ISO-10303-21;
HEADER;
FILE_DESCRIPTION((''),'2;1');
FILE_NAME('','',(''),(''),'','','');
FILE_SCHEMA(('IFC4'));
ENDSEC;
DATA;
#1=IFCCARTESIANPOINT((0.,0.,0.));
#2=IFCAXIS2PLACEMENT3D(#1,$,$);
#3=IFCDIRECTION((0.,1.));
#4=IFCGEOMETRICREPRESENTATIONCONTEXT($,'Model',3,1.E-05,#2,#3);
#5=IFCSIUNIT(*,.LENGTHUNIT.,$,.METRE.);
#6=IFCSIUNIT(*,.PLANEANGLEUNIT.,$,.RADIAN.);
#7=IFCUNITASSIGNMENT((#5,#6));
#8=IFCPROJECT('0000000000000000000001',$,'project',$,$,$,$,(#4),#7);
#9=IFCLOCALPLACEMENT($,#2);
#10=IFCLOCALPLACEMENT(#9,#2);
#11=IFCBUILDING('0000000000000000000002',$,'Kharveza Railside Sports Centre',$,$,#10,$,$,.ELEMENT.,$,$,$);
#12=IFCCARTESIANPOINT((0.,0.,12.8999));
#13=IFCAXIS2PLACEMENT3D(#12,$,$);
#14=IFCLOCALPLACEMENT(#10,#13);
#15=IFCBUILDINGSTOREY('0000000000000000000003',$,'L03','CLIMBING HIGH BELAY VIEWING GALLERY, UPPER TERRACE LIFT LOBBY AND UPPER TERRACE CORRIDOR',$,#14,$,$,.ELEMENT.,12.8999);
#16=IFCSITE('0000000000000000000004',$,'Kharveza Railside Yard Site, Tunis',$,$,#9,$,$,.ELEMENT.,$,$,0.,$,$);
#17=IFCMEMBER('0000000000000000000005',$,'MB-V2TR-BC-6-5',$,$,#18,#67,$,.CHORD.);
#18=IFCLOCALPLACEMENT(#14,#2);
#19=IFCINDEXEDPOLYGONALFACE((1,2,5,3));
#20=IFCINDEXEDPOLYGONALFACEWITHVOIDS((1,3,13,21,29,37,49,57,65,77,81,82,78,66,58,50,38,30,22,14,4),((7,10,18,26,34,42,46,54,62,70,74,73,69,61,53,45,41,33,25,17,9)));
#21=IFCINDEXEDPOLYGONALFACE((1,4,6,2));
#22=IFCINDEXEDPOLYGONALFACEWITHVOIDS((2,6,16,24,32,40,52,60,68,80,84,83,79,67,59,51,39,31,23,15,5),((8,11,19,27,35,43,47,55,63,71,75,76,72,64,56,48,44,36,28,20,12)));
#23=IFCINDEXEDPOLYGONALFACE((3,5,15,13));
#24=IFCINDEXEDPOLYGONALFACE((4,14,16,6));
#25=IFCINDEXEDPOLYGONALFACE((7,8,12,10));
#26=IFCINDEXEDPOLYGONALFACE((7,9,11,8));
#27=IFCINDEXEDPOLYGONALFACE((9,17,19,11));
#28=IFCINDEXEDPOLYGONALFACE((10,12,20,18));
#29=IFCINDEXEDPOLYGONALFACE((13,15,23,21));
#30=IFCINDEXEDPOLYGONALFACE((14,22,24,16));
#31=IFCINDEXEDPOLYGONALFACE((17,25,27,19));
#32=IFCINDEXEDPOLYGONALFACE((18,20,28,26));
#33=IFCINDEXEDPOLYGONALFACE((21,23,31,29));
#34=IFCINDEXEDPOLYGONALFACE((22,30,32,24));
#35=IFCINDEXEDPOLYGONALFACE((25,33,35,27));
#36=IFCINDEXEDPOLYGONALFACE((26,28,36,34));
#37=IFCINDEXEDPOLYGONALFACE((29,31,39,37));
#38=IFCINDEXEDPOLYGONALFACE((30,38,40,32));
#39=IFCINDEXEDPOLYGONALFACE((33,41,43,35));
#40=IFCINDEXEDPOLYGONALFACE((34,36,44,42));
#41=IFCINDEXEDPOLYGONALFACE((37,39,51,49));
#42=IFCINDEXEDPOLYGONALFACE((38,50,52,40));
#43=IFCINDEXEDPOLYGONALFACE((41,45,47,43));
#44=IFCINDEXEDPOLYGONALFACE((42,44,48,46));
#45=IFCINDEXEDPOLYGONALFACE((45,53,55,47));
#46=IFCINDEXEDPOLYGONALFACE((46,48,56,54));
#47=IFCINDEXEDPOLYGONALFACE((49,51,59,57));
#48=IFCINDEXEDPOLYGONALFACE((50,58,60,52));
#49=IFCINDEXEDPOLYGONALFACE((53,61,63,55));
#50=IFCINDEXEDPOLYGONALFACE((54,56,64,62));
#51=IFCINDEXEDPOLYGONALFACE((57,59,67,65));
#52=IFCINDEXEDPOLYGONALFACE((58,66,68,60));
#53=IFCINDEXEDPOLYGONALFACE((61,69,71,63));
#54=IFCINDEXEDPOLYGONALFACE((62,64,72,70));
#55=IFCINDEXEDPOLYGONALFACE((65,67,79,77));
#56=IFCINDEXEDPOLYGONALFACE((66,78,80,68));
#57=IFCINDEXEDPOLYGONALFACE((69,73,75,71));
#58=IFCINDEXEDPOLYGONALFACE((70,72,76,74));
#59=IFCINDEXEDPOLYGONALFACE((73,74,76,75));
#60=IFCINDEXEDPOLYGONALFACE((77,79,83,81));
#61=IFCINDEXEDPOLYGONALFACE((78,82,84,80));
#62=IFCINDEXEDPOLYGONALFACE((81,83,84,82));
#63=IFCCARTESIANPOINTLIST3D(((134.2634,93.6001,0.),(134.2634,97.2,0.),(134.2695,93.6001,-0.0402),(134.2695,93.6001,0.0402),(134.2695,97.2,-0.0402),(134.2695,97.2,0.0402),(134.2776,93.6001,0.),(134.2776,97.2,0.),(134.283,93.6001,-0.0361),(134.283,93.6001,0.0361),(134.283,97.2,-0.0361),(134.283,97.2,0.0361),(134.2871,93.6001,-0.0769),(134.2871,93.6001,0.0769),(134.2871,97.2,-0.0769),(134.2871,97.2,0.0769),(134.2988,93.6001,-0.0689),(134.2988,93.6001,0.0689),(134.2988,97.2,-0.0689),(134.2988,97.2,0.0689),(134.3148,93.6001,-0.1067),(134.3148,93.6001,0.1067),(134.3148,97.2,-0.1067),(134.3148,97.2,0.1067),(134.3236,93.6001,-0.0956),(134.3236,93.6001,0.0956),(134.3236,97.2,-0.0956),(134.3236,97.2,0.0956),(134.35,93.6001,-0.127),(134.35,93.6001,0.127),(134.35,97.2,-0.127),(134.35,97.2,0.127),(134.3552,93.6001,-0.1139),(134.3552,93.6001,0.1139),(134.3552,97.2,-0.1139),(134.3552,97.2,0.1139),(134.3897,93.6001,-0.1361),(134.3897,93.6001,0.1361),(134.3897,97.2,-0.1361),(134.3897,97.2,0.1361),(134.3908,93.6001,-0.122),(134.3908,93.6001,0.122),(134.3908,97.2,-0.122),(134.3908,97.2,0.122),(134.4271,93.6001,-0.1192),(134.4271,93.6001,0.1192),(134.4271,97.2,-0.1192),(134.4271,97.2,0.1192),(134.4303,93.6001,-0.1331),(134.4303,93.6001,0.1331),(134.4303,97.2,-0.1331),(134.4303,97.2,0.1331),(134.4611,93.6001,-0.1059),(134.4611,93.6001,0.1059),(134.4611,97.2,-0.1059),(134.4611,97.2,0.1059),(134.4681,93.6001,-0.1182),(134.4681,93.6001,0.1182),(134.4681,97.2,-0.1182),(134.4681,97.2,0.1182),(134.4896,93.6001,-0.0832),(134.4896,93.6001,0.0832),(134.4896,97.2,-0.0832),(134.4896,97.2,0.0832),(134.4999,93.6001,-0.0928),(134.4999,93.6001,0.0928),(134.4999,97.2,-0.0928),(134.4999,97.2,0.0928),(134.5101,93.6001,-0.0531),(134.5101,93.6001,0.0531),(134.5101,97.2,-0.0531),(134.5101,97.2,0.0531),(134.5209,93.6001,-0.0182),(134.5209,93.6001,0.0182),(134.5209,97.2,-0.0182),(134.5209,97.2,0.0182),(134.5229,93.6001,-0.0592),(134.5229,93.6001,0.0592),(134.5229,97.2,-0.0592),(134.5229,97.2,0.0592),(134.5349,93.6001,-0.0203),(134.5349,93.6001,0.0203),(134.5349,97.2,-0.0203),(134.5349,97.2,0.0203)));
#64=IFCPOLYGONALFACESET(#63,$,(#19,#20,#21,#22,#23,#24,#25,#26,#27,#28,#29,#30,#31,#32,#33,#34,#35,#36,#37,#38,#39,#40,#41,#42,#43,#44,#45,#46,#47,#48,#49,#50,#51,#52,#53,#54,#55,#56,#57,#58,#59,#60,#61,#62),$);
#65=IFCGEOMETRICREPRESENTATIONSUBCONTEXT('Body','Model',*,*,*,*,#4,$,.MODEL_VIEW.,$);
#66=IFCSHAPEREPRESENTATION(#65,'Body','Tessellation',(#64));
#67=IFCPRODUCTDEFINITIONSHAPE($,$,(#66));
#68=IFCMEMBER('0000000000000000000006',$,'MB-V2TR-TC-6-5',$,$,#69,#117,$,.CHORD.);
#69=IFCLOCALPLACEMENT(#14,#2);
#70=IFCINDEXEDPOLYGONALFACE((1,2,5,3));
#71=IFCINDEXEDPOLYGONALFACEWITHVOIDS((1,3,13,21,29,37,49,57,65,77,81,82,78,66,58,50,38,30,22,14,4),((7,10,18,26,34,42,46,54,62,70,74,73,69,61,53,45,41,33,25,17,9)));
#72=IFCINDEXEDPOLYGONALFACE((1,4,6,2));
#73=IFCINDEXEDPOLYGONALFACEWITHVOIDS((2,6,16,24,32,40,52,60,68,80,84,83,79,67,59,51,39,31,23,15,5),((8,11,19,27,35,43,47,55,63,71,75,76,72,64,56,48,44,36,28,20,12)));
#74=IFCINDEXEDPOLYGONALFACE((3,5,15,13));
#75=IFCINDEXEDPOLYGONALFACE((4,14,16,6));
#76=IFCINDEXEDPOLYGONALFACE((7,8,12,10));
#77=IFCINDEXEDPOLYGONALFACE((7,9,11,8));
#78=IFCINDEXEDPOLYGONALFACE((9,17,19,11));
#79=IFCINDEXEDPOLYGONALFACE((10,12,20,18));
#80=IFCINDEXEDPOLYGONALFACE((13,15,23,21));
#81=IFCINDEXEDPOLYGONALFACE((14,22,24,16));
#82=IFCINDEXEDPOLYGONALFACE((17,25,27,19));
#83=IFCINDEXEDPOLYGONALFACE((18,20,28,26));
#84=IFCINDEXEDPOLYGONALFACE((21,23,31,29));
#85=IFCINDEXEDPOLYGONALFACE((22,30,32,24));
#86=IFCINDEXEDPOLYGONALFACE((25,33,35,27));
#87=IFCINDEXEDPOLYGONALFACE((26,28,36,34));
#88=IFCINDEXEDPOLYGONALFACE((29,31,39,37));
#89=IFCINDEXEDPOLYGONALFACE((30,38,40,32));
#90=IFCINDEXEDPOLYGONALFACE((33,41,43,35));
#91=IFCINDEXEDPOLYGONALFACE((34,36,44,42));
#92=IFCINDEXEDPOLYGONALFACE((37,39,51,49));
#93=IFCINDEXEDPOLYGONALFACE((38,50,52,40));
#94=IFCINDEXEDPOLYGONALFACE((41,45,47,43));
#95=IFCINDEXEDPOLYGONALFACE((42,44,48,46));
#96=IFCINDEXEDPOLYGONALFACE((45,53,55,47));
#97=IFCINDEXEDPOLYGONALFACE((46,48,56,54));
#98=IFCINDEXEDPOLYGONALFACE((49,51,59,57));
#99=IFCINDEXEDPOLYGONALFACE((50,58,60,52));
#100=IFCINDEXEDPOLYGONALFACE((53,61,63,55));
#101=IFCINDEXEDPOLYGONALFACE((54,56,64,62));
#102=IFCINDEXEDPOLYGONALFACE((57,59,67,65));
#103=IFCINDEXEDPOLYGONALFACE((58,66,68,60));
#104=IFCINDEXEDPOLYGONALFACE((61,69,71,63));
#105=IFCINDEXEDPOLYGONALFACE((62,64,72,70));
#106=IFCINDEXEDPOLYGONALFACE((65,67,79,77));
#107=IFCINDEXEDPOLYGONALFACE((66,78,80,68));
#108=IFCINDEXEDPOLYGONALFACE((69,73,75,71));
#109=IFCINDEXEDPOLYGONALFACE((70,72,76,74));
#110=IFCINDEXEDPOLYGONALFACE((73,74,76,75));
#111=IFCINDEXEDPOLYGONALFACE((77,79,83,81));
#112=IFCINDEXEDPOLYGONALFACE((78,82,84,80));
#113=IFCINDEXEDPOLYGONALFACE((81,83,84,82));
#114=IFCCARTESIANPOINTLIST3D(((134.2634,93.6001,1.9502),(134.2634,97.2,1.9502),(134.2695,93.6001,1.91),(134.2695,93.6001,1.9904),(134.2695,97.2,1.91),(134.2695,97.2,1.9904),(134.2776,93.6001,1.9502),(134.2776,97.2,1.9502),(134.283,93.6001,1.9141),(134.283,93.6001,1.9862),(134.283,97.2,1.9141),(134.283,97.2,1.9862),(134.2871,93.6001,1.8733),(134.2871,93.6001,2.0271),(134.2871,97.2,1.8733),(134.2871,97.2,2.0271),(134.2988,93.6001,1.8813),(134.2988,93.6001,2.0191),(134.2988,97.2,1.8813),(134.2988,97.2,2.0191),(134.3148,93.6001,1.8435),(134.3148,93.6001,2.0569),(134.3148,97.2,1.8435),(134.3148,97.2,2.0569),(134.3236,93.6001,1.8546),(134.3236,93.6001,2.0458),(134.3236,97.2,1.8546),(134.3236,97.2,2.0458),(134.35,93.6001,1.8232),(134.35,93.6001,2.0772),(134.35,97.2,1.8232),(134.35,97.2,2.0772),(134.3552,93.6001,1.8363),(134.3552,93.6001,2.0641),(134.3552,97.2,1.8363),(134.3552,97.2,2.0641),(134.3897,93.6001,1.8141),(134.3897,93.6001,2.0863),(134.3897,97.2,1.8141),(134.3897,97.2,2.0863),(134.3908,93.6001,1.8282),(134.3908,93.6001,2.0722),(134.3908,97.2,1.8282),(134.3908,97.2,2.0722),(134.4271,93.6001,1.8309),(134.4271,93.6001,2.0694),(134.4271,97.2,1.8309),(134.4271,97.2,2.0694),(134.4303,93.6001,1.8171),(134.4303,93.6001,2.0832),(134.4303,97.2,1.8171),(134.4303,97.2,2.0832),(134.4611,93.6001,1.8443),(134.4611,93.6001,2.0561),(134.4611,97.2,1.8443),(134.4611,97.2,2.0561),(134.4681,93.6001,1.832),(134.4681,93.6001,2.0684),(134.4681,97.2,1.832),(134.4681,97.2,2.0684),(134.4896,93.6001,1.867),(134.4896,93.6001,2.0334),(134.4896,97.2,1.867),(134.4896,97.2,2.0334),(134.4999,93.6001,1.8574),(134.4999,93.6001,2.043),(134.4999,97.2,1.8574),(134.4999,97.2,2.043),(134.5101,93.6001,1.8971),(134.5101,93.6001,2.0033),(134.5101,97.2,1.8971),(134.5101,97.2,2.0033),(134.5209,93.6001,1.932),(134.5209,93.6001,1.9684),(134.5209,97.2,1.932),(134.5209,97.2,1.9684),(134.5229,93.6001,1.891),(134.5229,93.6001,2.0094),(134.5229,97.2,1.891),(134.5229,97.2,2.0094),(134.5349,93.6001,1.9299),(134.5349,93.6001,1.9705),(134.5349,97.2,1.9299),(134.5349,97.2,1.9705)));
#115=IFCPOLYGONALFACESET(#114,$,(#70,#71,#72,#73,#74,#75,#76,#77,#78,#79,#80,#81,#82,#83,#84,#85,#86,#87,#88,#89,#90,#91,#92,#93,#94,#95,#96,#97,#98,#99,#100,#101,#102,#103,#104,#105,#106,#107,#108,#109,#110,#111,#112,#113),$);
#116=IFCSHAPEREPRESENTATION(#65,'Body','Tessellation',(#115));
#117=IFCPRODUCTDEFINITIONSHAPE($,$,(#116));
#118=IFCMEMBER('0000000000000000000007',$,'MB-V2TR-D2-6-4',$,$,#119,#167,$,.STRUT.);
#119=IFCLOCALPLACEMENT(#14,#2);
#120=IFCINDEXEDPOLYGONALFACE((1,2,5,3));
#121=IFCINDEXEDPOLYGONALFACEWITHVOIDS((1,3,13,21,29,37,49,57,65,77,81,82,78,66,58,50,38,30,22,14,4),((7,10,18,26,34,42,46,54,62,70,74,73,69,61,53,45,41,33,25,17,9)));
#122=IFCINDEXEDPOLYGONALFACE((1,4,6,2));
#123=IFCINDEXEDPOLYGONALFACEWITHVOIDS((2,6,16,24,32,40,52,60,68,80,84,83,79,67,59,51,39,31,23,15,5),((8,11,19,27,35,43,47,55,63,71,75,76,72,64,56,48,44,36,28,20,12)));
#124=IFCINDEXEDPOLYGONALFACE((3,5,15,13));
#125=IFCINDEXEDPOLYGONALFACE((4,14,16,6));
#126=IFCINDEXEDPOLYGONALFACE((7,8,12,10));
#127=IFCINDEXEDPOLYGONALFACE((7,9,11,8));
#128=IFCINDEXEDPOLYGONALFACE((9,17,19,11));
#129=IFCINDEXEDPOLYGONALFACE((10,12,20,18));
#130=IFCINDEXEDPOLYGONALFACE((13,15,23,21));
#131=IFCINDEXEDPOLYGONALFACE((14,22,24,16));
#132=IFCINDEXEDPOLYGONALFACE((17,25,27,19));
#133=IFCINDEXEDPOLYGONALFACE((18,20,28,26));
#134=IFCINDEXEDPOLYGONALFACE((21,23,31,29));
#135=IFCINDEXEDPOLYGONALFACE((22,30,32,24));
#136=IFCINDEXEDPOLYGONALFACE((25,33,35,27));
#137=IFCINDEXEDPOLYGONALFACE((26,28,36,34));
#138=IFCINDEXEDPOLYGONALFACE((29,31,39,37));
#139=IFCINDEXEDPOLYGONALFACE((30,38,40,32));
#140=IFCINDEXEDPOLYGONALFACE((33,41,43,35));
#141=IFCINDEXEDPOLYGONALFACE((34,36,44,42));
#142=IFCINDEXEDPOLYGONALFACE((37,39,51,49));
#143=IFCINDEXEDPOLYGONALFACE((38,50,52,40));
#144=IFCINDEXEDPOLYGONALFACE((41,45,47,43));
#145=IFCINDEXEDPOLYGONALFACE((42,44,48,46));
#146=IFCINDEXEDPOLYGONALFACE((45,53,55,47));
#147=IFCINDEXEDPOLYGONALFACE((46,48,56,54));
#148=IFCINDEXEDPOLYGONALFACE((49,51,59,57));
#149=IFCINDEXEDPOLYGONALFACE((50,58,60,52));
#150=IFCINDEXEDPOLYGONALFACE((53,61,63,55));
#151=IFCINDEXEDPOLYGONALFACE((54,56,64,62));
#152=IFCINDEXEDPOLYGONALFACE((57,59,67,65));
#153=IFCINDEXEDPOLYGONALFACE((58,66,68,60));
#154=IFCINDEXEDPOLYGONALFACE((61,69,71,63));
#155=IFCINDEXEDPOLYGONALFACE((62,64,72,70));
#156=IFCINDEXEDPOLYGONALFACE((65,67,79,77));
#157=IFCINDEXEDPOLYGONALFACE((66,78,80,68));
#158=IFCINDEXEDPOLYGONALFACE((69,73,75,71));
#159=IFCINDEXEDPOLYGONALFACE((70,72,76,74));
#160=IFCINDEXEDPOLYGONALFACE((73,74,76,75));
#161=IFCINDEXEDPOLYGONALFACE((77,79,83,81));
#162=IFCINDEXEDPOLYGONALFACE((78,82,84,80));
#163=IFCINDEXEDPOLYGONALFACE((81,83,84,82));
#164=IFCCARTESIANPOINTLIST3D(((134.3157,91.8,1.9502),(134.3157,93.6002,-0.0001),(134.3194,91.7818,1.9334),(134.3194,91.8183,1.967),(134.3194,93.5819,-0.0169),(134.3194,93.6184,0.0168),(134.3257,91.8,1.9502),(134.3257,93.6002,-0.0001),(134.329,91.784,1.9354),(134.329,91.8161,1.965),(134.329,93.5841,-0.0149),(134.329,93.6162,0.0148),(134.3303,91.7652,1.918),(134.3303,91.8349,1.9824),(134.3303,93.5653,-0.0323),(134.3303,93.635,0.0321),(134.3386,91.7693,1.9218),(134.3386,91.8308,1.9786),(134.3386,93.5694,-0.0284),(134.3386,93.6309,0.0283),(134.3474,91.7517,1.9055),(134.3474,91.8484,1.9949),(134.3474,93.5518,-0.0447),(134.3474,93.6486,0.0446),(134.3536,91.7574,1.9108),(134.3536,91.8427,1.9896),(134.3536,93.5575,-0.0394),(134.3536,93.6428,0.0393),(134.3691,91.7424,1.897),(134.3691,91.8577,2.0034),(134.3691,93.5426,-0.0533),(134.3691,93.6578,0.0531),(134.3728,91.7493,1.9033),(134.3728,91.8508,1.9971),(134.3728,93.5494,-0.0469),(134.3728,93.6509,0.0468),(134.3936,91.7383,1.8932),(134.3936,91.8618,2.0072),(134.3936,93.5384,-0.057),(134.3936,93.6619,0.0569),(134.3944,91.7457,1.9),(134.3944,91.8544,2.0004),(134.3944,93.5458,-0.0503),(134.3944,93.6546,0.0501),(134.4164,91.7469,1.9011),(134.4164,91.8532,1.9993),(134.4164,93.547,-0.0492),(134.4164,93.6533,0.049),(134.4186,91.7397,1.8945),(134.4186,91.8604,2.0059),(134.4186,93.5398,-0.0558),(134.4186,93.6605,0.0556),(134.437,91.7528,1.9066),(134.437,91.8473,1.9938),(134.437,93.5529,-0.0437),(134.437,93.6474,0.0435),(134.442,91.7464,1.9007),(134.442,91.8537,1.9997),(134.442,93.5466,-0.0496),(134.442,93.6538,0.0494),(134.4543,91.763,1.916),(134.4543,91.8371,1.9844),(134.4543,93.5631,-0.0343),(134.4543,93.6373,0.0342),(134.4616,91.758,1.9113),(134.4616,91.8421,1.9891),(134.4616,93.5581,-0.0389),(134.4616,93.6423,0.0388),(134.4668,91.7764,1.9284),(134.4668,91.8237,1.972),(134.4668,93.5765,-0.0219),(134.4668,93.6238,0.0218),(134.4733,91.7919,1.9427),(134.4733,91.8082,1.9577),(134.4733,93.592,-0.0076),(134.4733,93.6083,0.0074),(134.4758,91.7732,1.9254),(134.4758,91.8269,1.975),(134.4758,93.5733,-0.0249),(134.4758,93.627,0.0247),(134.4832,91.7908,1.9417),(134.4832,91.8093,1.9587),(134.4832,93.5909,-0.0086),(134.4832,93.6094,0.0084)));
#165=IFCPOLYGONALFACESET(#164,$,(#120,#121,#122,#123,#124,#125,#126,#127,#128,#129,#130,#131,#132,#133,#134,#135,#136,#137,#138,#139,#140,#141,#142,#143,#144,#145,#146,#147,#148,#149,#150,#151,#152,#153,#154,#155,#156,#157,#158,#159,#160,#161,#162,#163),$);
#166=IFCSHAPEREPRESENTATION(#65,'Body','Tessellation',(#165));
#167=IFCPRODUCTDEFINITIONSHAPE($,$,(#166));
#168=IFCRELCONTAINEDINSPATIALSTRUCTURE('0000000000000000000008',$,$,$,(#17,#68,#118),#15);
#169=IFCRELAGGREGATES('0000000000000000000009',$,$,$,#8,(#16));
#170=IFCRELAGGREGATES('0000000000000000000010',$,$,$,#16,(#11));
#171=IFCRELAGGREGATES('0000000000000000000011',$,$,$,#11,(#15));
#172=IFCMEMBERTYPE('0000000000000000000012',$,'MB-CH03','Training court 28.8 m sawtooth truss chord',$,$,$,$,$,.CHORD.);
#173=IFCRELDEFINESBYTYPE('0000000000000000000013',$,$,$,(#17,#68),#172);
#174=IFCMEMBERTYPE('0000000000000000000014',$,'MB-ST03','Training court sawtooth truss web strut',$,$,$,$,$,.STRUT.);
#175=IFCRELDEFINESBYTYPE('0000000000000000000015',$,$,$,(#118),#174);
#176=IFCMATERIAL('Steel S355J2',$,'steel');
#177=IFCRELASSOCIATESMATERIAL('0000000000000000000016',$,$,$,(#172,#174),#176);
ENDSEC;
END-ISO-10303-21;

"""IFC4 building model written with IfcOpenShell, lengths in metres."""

from ifc_helpers import new_model, si_unit, direction, frame, origin, origin_2d, place, context, subcontext, project, spatial, hollow_circle, extrude, material, material_profile, profile_set, type_object, element, save


model = new_model("IFC4")

# Units and contexts
model_context = context("Model", 3, precision=1e-05, world=origin(), true_north=direction((0.0, 1.0)))
body_context = subcontext(model_context, "Body", "Model", "MODEL_VIEW")
ifc_project = project(units=[si_unit("LENGTHUNIT", "METRE"), si_unit("PLANEANGLEUNIT", "RADIAN")], contexts=[model_context])

# Site, building, storey
site_placement = place(None, origin())
site = spatial("IfcSite", under=ifc_project, at=site_placement, Name="Kharveza Railside Yard Site, Tunis", CompositionType="ELEMENT", RefElevation=0.0)
building_placement = place(site_placement, origin())
building = spatial("IfcBuilding", under=site, at=building_placement, Name="Kharveza Railside Sports Centre", CompositionType="ELEMENT")
storey_placement = place(building_placement, frame((0.0, 0.0, 12.8999)))
storey = spatial("IfcBuildingStorey", under=building, at=storey_placement, Name="L03", Description="CLIMBING HIGH BELAY VIEWING GALLERY, UPPER TERRACE LIFT LOBBY AND UPPER TERRACE CORRIDOR", CompositionType="ELEMENT", Elevation=12.8999)

# Shared definitions
ifc_material_1 = material(Name="Steel S355J2", Category="steel")

# Members
ifc_material_profile_1 = material_profile(ifc_material_1, hollow_circle(Radius=0.1365, WallThickness=0.0142, at=origin_2d()), Name="CHS 273.0x14.2")
ifc_profile_set_1 = profile_set([ifc_material_profile_1], Name="Steel S355J2")
member_type_1 = type_object("IfcMemberType", Name="MB-CH03", Description="Training court 28.8 m sawtooth truss chord", PredefinedType="CHORD", material=ifc_profile_set_1)
for number, where, z_axis, x_axis, name in (
    (1, (134.3999, 93.6001, 0.0), (0.0, 1.0, 0.0), (-1.0, 0.0, 0.0), "MB-V2TR-BC-6-5"),
    (2, (134.3999, 93.6001, 1.9502), (0.0, 1.0, 0.0), (-1.0, 0.0, 0.0), "MB-V2TR-TC-6-5"),
):
    element("IfcMember", number, at=place(storey_placement, frame(where, z_axis=z_axis, x_axis=x_axis)), inside=storey, type_object=member_type_1, Name=name, PredefinedType="CHORD", context=body_context, shape_type="SweptSolid", body=[
        extrude(hollow_circle(Radius=0.1365, WallThickness=0.0142, at=origin_2d()), origin(), (0.0, 0.0, 1.0), 3.5999),
    ])
ifc_material_profile_2 = material_profile(ifc_material_1, hollow_circle(Radius=0.0842, WallThickness=0.01, at=origin_2d()), Name="CHS 168.3x10.0")
ifc_profile_set_2 = profile_set([ifc_material_profile_2], Name="Steel S355J2")
member_type_2 = type_object("IfcMemberType", Name="MB-ST03", Description="Training court sawtooth truss web strut", PredefinedType="STRUT", material=ifc_profile_set_2)
member_1_placement = place(storey_placement, frame((134.3999, 91.8, 1.9502), z_axis=(0.0, 0.678253, -0.734828), x_axis=(-1.0, 0.0, 0.0)))
element("IfcMember", 3, at=member_1_placement, inside=storey, type_object=member_type_2, Name="MB-V2TR-D2-6-4", PredefinedType="STRUT", context=body_context, shape_type="SweptSolid", body=[
    extrude(hollow_circle(Radius=0.0842, WallThickness=0.01, at=origin_2d()), origin(), (0.0, 0.0, 1.0), 2.6541),
])

save(model, "model.ifc")
